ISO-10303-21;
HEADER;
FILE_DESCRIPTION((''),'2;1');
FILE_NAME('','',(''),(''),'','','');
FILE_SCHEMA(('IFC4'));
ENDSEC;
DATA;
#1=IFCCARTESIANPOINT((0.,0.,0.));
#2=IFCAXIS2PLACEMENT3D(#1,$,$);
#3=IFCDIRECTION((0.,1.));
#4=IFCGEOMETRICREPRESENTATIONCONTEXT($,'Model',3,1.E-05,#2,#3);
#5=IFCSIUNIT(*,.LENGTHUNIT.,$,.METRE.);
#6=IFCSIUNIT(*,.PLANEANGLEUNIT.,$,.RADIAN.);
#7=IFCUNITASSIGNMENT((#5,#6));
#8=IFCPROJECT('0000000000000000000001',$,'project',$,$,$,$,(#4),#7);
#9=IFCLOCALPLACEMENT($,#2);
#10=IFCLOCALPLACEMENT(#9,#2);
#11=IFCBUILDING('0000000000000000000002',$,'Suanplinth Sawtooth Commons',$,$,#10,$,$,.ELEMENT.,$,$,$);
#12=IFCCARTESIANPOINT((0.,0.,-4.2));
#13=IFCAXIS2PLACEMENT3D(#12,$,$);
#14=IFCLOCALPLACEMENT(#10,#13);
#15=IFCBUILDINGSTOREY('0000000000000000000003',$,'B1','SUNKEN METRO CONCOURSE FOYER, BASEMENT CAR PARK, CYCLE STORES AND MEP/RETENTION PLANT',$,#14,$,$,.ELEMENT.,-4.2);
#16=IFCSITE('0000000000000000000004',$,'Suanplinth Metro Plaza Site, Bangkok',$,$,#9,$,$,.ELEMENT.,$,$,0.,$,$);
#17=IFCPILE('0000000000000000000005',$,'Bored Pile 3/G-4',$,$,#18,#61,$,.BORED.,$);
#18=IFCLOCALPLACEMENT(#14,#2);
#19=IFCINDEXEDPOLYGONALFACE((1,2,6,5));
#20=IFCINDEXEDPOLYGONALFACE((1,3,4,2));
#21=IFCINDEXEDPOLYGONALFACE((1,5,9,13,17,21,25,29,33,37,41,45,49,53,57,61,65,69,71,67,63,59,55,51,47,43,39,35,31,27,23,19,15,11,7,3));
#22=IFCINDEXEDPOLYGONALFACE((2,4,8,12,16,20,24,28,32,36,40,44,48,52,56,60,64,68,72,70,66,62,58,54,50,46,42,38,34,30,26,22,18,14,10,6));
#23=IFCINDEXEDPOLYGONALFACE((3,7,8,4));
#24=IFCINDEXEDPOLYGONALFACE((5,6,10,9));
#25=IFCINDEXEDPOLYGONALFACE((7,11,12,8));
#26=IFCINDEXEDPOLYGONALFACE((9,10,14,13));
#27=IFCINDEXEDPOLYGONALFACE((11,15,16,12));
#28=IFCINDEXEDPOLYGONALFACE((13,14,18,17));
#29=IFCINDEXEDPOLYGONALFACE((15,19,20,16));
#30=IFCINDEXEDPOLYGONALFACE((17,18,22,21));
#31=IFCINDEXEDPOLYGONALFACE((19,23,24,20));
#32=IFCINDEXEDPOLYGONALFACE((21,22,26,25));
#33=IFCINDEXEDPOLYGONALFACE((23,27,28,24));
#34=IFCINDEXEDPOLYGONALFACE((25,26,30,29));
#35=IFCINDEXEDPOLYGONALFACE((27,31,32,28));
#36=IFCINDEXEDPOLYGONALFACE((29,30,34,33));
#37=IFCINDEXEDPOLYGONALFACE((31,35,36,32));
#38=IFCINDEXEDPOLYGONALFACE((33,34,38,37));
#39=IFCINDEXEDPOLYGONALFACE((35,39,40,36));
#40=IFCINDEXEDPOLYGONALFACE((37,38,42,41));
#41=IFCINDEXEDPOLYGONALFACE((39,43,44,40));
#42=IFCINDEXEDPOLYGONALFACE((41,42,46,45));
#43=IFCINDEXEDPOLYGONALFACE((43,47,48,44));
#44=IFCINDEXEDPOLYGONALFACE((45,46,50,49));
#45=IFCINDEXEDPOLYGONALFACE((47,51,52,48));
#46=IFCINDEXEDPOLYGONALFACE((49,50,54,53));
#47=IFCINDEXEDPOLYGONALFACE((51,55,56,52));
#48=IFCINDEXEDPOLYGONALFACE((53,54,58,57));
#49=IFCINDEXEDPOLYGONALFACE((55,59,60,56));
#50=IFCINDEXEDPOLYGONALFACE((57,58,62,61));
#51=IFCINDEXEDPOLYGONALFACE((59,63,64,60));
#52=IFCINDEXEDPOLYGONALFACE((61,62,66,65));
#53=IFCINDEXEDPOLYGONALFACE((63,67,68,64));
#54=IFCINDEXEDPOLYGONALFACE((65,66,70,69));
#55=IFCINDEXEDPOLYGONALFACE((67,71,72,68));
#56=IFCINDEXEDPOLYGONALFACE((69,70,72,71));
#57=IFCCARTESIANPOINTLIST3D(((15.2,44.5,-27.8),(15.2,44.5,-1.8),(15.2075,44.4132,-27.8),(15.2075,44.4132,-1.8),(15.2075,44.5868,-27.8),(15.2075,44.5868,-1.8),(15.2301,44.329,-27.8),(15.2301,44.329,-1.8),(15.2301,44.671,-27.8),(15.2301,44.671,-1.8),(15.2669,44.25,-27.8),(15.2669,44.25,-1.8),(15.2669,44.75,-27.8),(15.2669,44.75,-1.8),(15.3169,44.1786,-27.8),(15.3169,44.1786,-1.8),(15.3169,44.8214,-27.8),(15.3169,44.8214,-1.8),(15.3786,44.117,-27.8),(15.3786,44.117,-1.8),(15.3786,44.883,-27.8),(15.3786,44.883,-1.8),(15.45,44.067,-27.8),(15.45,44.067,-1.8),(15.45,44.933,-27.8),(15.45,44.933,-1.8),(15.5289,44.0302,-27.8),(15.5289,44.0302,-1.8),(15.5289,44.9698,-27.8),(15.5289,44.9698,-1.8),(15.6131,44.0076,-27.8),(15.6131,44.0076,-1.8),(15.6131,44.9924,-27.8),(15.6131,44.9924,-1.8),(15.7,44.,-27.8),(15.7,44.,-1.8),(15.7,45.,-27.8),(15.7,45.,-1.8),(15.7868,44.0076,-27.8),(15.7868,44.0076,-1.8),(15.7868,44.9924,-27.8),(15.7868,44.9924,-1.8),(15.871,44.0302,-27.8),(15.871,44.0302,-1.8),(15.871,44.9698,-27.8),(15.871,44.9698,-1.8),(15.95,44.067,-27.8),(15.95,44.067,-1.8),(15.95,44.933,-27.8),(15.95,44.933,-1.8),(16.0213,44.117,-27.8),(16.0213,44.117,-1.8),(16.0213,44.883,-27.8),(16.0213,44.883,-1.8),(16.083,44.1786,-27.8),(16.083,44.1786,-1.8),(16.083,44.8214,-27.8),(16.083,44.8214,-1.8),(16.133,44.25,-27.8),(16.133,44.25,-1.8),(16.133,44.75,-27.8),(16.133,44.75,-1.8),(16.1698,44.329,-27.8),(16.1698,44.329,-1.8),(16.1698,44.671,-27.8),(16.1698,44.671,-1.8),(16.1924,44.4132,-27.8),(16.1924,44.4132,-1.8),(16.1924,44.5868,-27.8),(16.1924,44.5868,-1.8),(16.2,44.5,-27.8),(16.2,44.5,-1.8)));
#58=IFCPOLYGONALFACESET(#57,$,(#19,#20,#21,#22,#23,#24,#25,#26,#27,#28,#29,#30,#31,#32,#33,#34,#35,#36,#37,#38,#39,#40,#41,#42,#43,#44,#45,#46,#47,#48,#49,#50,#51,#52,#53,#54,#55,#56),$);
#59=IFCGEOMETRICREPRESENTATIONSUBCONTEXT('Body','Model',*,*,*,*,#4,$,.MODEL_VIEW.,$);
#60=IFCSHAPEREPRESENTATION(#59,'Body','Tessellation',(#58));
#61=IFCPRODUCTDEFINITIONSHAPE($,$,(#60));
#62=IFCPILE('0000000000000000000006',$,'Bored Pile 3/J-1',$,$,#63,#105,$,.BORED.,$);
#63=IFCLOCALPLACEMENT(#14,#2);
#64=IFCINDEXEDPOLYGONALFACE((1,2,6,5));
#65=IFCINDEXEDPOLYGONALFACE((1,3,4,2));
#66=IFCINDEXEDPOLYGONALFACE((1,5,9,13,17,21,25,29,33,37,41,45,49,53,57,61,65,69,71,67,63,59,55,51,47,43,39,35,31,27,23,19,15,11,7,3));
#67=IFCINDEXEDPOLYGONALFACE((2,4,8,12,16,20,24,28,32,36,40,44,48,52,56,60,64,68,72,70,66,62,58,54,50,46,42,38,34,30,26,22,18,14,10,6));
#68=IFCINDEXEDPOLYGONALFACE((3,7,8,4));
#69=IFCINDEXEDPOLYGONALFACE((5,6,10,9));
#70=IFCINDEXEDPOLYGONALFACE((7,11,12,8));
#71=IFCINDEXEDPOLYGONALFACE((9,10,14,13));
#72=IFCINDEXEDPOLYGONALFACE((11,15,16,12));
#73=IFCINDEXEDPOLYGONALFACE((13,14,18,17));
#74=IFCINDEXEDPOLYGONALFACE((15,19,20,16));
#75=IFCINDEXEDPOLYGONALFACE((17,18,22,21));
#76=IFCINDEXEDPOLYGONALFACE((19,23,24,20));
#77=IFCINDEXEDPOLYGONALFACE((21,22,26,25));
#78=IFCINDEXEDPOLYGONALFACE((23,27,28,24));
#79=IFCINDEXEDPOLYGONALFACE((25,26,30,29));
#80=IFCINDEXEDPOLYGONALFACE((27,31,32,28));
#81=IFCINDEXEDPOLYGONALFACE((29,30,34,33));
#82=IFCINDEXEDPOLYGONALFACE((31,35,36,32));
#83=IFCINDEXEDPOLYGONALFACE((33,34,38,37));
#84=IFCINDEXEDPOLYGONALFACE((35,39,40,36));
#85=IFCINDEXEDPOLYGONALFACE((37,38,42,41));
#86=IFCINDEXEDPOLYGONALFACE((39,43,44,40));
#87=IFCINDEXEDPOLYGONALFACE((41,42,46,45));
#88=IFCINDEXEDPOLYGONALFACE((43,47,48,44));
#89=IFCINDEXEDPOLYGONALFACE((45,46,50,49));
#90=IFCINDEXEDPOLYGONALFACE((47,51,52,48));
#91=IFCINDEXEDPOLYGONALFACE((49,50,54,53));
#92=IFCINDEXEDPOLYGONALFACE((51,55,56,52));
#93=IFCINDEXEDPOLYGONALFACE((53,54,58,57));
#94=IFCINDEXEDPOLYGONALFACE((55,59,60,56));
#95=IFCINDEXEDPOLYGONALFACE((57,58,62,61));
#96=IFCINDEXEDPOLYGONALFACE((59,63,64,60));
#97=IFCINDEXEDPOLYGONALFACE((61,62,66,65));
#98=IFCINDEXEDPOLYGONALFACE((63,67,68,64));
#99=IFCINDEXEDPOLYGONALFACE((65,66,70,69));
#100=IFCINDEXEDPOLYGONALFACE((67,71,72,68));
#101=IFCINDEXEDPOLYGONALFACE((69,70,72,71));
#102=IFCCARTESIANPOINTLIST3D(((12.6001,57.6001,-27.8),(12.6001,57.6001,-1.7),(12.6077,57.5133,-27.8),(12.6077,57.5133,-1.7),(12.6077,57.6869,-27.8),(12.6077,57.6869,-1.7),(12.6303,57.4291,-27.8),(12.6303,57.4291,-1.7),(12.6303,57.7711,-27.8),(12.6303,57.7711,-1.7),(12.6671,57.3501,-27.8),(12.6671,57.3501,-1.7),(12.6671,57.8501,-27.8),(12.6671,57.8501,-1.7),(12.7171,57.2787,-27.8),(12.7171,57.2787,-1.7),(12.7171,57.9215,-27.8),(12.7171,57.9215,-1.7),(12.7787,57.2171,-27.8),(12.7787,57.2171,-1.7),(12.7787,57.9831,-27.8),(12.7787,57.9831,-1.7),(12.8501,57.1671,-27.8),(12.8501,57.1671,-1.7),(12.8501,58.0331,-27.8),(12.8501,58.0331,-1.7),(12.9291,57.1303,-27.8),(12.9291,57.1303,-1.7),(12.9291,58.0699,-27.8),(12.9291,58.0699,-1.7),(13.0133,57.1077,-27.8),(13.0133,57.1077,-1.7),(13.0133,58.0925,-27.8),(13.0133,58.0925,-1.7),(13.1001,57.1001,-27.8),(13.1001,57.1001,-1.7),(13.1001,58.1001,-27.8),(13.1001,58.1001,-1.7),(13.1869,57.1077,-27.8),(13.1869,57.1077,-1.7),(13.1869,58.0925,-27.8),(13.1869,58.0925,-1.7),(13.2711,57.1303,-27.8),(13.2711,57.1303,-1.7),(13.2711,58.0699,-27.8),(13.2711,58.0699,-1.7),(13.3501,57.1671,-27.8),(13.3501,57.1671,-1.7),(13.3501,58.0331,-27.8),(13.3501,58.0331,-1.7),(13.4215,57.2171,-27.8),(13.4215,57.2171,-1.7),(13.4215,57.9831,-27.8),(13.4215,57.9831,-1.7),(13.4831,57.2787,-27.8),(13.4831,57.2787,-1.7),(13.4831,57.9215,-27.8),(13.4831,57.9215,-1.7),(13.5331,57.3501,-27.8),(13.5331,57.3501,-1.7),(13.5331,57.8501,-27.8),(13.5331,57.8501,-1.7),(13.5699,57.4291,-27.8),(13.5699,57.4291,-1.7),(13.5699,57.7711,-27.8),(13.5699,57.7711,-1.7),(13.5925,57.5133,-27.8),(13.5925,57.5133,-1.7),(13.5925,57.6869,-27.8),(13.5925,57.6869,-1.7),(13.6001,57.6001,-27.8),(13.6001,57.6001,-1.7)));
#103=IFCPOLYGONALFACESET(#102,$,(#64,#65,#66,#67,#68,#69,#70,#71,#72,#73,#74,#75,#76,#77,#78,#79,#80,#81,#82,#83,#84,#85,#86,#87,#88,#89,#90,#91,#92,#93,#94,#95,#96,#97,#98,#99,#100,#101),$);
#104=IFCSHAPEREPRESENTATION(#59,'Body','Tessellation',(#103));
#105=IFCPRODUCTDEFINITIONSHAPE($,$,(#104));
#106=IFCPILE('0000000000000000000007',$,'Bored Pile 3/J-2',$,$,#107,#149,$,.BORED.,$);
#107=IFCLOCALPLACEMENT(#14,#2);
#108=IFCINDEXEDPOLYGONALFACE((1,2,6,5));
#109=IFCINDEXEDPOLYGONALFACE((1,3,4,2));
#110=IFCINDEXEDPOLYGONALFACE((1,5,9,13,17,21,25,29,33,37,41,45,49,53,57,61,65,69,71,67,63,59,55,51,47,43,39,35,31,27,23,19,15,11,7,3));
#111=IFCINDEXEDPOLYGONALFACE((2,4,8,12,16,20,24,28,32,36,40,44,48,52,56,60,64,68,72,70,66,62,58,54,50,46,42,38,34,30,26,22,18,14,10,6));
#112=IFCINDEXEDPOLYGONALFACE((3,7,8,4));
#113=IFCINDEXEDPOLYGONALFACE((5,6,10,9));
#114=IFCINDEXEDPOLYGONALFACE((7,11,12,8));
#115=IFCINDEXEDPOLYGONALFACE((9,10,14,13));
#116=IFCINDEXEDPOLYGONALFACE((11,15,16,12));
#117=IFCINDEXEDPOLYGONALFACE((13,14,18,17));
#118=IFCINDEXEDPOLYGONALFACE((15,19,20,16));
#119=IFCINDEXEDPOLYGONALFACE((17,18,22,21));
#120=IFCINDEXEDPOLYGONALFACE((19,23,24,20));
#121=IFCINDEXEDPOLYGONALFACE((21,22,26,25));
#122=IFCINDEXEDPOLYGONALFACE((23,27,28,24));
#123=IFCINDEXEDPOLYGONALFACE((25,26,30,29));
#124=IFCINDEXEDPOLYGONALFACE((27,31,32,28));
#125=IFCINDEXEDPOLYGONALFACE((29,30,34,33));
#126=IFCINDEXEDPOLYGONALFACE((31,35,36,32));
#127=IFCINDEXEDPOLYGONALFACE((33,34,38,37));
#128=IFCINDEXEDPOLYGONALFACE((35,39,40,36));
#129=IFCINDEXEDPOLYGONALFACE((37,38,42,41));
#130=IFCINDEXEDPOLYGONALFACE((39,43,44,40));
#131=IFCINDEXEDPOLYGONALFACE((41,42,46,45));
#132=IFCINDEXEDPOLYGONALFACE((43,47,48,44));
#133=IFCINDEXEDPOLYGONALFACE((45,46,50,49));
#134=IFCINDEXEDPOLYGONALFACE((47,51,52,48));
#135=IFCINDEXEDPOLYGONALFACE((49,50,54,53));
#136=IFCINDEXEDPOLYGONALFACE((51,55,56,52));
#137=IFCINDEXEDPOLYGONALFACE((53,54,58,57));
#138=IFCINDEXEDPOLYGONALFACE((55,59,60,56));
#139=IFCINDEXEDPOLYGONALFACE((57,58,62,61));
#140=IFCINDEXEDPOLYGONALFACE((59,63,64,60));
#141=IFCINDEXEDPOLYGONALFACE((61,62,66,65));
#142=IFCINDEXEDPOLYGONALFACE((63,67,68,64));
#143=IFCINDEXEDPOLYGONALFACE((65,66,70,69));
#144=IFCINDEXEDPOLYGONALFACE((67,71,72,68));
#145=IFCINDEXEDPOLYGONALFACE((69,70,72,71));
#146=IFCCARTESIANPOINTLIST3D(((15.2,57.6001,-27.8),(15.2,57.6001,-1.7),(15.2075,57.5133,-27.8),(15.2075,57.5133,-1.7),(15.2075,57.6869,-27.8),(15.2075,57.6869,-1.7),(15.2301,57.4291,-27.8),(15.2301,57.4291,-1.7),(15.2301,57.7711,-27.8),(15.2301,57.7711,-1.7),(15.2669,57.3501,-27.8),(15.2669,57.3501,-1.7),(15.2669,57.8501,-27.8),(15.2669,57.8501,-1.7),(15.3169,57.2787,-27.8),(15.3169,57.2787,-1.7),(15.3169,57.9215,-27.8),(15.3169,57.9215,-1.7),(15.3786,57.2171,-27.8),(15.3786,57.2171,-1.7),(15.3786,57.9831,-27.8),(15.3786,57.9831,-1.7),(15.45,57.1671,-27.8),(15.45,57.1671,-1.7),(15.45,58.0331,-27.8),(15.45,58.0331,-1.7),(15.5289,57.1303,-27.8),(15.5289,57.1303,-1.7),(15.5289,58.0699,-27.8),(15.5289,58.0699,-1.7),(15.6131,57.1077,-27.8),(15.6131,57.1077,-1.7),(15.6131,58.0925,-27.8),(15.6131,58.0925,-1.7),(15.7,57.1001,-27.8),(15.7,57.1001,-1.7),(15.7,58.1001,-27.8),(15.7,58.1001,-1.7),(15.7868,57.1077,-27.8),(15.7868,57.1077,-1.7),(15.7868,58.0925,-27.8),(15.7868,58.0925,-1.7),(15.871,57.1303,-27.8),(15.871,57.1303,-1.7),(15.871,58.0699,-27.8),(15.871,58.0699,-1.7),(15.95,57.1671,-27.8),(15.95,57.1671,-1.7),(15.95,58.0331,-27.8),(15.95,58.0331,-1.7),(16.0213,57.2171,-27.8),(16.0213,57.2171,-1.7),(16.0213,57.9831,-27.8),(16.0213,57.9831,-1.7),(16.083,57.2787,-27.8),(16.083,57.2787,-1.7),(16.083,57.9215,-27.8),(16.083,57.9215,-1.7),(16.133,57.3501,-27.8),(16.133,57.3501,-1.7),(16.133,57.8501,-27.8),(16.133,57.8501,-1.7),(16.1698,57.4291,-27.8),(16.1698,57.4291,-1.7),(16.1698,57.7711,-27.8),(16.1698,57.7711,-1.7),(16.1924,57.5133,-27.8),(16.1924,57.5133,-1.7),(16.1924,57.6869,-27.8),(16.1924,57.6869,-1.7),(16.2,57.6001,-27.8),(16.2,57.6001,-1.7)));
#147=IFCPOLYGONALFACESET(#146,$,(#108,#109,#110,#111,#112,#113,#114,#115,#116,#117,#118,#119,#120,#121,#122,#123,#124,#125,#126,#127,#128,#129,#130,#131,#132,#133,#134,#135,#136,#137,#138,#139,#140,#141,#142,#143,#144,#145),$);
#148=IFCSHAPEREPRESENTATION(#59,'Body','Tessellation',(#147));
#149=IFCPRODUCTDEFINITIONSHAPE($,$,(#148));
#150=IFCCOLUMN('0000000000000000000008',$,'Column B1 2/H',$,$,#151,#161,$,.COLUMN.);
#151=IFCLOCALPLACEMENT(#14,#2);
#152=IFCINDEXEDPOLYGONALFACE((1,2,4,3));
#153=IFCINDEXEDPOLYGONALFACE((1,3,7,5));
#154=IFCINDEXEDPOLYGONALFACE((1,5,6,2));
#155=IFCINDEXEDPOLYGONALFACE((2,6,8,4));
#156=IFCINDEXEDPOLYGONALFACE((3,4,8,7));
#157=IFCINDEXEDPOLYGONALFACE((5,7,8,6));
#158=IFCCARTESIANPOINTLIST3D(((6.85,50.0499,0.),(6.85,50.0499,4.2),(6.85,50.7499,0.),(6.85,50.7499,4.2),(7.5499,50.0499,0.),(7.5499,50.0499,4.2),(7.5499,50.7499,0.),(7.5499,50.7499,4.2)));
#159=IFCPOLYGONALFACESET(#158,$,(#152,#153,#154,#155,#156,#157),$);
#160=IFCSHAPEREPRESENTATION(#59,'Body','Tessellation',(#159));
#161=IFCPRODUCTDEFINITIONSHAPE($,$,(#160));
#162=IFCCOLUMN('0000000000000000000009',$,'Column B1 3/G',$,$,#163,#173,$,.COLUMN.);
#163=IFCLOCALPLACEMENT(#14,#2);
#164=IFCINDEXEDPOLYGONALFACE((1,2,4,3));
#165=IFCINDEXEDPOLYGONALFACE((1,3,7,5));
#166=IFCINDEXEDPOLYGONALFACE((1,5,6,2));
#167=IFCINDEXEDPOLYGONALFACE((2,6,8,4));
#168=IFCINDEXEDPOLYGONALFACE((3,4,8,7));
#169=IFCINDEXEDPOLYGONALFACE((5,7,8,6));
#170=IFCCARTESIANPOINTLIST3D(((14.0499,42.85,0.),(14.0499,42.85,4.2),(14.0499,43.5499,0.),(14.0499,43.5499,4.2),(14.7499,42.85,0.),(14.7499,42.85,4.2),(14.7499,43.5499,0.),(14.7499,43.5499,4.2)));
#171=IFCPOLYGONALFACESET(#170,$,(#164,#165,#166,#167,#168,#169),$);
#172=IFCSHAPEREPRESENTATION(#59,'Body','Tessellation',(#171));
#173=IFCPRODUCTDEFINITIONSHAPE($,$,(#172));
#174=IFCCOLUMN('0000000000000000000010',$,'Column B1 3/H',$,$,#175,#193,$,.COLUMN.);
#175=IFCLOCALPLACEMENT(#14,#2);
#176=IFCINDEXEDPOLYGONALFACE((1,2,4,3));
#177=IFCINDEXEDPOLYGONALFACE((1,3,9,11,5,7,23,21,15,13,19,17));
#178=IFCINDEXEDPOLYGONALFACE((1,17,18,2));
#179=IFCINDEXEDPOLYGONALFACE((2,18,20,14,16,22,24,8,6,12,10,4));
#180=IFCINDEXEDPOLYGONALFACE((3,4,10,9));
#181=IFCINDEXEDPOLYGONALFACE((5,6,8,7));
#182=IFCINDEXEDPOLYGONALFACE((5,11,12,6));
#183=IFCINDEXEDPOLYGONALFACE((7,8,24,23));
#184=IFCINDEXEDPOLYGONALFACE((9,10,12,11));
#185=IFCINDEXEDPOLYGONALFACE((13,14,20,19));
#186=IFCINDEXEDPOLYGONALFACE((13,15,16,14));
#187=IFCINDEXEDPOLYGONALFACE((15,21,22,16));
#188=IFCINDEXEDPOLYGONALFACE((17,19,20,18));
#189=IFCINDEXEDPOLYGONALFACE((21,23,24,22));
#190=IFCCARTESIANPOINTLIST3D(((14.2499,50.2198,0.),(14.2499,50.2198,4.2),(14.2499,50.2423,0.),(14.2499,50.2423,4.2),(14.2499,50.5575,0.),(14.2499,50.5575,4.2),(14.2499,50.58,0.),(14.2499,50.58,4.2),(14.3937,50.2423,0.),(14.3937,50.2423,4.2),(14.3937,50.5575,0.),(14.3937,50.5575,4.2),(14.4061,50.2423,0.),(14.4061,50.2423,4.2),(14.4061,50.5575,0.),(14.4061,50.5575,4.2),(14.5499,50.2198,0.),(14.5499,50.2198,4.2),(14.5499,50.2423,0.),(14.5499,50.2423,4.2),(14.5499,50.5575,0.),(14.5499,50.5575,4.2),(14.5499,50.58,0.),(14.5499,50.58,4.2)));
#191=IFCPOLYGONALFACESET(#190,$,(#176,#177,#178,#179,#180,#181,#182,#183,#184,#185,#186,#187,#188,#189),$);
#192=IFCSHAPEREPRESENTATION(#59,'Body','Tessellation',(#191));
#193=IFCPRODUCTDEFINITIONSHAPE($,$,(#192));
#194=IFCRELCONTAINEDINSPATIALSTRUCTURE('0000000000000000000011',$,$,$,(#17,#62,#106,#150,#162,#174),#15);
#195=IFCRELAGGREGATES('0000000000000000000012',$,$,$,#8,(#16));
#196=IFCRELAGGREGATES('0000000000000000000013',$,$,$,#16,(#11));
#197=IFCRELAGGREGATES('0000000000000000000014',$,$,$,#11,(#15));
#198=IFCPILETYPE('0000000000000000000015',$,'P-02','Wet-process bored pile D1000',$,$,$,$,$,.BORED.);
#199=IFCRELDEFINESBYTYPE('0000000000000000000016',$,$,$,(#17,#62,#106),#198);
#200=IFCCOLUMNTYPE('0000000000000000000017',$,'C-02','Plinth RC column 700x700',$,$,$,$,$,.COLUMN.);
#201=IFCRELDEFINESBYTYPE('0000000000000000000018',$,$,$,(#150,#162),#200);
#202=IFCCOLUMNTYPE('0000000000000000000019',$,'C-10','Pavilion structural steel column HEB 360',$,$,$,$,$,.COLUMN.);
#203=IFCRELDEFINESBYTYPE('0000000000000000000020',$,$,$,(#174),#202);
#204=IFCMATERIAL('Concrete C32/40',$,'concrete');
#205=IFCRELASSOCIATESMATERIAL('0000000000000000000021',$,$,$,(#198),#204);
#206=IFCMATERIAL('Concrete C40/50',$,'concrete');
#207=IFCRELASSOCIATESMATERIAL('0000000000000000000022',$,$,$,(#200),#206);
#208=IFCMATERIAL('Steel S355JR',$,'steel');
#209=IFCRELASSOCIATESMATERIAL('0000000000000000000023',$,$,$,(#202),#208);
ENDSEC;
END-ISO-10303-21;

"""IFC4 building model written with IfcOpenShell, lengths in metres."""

from ifc_helpers import new_model, si_unit, direction, frame, origin, origin_2d, place, context, subcontext, project, spatial, rectangle, circle, i_section, extrude, material, material_profile, profile_set, type_object, element, save


model = new_model("IFC4")

# Units and contexts
model_context = context("Model", 3, precision=1e-05, world=origin(), true_north=direction((0.0, 1.0)))
body_context = subcontext(model_context, "Body", "Model", "MODEL_VIEW")
ifc_project = project(units=[si_unit("LENGTHUNIT", "METRE"), si_unit("PLANEANGLEUNIT", "RADIAN")], contexts=[model_context])

# Site, building, storey
site_placement = place(None, origin())
site = spatial("IfcSite", under=ifc_project, at=site_placement, Name="Suanplinth Metro Plaza Site, Bangkok", CompositionType="ELEMENT", RefElevation=0.0)
building_placement = place(site_placement, origin())
building = spatial("IfcBuilding", under=site, at=building_placement, Name="Suanplinth Sawtooth Commons", CompositionType="ELEMENT")
storey_placement = place(building_placement, frame((0.0, 0.0, -4.2)))
storey = spatial("IfcBuildingStorey", under=building, at=storey_placement, Name="B1", Description="SUNKEN METRO CONCOURSE FOYER, BASEMENT CAR PARK, CYCLE STORES AND MEP/RETENTION PLANT", CompositionType="ELEMENT", Elevation=-4.2)

# Piles
ifc_material_1 = material(Name="Concrete C32/40", Category="concrete")
ifc_material_profile_1 = material_profile(ifc_material_1, circle(Radius=0.5, at=origin_2d()), Name="PILE D1000")
ifc_profile_set_1 = profile_set([ifc_material_profile_1], Name="Concrete C32/40")
pile_type_1 = type_object("IfcPileType", Name="P-02", Description="Wet-process bored pile D1000", PredefinedType="BORED", material=ifc_profile_set_1)
for number, where, z_axis, x_axis, name in (
    (1, (15.7, 44.5, -1.8), (0.0, 0.0, -1.0), (1.0, 0.0, 0.0), "Bored Pile 3/G-4"),
):
    element("IfcPile", number, at=place(storey_placement, frame(where, z_axis=z_axis, x_axis=x_axis)), inside=storey, type_object=pile_type_1, Name=name, PredefinedType="BORED", context=body_context, shape_type="SweptSolid", body=[
        extrude(circle(Radius=0.5, at=origin_2d()), origin(), (0.0, 0.0, 1.0), 26.0),
    ])
for number, where, z_axis, x_axis, name in (
    (2, (13.1001, 57.6001, -1.7), (0.0, 0.0, -1.0), (1.0, 0.0, 0.0), "Bored Pile 3/J-1"),
    (3, (15.7, 57.6001, -1.7), (0.0, 0.0, -1.0), (1.0, 0.0, 0.0), "Bored Pile 3/J-2"),
):
    element("IfcPile", number, at=place(storey_placement, frame(where, z_axis=z_axis, x_axis=x_axis)), inside=storey, type_object=pile_type_1, Name=name, PredefinedType="BORED", context=body_context, shape_type="SweptSolid", body=[
        extrude(circle(Radius=0.5, at=origin_2d()), origin(), (0.0, 0.0, 1.0), 26.1001),
    ])

# Columns
ifc_material_2 = material(Name="Concrete C40/50", Category="concrete")
ifc_material_profile_2 = material_profile(ifc_material_2, rectangle(XDim=0.7, YDim=0.7, at=origin_2d()), Name="RC-COL 700x700")
ifc_profile_set_2 = profile_set([ifc_material_profile_2], Name="Concrete C40/50")
column_type_1 = type_object("IfcColumnType", Name="C-02", Description="Plinth RC column 700x700", PredefinedType="COLUMN", material=ifc_profile_set_2)
for number, where, z_axis, x_axis, name in (
    (4, (7.2, 50.3999, 0.0), (0.0, 0.0, 1.0), (1.0, 0.0, 0.0), "Column B1 2/H"),
    (5, (14.3999, 43.2, 0.0), (0.0, 0.0, 1.0), (1.0, 0.0, 0.0), "Column B1 3/G"),
):
    element("IfcColumn", number, at=place(storey_placement, frame(where, z_axis=z_axis, x_axis=x_axis)), inside=storey, type_object=column_type_1, Name=name, PredefinedType="COLUMN", context=body_context, shape_type="SweptSolid", body=[
        extrude(rectangle(XDim=0.7, YDim=0.7, at=origin_2d()), origin(), (0.0, 0.0, 1.0), 4.2),
    ])
ifc_material_3 = material(Name="Steel S355JR", Category="steel")
ifc_material_profile_3 = material_profile(ifc_material_3, i_section(OverallWidth=0.3, OverallDepth=0.3601, WebThickness=0.0125, FlangeThickness=0.0225, at=origin_2d()), Name="HEB 360")
ifc_profile_set_3 = profile_set([ifc_material_profile_3], Name="Steel S355JR")
column_type_2 = type_object("IfcColumnType", Name="C-10", Description="Pavilion structural steel column HEB 360", PredefinedType="COLUMN", material=ifc_profile_set_3)
for number, where, z_axis, x_axis, name in (
    (6, (14.3999, 50.3999, 0.0), (0.0, 0.0, 1.0), (1.0, 0.0, 0.0), "Column B1 3/H"),
):
    element("IfcColumn", number, at=place(storey_placement, frame(where, z_axis=z_axis, x_axis=x_axis)), inside=storey, type_object=column_type_2, Name=name, PredefinedType="COLUMN", context=body_context, shape_type="SweptSolid", body=[
        extrude(i_section(OverallWidth=0.3, OverallDepth=0.3601, WebThickness=0.0125, FlangeThickness=0.0225, at=origin_2d()), origin(), (0.0, 0.0, 1.0), 4.2),
    ])

save(model, "model.ifc")
